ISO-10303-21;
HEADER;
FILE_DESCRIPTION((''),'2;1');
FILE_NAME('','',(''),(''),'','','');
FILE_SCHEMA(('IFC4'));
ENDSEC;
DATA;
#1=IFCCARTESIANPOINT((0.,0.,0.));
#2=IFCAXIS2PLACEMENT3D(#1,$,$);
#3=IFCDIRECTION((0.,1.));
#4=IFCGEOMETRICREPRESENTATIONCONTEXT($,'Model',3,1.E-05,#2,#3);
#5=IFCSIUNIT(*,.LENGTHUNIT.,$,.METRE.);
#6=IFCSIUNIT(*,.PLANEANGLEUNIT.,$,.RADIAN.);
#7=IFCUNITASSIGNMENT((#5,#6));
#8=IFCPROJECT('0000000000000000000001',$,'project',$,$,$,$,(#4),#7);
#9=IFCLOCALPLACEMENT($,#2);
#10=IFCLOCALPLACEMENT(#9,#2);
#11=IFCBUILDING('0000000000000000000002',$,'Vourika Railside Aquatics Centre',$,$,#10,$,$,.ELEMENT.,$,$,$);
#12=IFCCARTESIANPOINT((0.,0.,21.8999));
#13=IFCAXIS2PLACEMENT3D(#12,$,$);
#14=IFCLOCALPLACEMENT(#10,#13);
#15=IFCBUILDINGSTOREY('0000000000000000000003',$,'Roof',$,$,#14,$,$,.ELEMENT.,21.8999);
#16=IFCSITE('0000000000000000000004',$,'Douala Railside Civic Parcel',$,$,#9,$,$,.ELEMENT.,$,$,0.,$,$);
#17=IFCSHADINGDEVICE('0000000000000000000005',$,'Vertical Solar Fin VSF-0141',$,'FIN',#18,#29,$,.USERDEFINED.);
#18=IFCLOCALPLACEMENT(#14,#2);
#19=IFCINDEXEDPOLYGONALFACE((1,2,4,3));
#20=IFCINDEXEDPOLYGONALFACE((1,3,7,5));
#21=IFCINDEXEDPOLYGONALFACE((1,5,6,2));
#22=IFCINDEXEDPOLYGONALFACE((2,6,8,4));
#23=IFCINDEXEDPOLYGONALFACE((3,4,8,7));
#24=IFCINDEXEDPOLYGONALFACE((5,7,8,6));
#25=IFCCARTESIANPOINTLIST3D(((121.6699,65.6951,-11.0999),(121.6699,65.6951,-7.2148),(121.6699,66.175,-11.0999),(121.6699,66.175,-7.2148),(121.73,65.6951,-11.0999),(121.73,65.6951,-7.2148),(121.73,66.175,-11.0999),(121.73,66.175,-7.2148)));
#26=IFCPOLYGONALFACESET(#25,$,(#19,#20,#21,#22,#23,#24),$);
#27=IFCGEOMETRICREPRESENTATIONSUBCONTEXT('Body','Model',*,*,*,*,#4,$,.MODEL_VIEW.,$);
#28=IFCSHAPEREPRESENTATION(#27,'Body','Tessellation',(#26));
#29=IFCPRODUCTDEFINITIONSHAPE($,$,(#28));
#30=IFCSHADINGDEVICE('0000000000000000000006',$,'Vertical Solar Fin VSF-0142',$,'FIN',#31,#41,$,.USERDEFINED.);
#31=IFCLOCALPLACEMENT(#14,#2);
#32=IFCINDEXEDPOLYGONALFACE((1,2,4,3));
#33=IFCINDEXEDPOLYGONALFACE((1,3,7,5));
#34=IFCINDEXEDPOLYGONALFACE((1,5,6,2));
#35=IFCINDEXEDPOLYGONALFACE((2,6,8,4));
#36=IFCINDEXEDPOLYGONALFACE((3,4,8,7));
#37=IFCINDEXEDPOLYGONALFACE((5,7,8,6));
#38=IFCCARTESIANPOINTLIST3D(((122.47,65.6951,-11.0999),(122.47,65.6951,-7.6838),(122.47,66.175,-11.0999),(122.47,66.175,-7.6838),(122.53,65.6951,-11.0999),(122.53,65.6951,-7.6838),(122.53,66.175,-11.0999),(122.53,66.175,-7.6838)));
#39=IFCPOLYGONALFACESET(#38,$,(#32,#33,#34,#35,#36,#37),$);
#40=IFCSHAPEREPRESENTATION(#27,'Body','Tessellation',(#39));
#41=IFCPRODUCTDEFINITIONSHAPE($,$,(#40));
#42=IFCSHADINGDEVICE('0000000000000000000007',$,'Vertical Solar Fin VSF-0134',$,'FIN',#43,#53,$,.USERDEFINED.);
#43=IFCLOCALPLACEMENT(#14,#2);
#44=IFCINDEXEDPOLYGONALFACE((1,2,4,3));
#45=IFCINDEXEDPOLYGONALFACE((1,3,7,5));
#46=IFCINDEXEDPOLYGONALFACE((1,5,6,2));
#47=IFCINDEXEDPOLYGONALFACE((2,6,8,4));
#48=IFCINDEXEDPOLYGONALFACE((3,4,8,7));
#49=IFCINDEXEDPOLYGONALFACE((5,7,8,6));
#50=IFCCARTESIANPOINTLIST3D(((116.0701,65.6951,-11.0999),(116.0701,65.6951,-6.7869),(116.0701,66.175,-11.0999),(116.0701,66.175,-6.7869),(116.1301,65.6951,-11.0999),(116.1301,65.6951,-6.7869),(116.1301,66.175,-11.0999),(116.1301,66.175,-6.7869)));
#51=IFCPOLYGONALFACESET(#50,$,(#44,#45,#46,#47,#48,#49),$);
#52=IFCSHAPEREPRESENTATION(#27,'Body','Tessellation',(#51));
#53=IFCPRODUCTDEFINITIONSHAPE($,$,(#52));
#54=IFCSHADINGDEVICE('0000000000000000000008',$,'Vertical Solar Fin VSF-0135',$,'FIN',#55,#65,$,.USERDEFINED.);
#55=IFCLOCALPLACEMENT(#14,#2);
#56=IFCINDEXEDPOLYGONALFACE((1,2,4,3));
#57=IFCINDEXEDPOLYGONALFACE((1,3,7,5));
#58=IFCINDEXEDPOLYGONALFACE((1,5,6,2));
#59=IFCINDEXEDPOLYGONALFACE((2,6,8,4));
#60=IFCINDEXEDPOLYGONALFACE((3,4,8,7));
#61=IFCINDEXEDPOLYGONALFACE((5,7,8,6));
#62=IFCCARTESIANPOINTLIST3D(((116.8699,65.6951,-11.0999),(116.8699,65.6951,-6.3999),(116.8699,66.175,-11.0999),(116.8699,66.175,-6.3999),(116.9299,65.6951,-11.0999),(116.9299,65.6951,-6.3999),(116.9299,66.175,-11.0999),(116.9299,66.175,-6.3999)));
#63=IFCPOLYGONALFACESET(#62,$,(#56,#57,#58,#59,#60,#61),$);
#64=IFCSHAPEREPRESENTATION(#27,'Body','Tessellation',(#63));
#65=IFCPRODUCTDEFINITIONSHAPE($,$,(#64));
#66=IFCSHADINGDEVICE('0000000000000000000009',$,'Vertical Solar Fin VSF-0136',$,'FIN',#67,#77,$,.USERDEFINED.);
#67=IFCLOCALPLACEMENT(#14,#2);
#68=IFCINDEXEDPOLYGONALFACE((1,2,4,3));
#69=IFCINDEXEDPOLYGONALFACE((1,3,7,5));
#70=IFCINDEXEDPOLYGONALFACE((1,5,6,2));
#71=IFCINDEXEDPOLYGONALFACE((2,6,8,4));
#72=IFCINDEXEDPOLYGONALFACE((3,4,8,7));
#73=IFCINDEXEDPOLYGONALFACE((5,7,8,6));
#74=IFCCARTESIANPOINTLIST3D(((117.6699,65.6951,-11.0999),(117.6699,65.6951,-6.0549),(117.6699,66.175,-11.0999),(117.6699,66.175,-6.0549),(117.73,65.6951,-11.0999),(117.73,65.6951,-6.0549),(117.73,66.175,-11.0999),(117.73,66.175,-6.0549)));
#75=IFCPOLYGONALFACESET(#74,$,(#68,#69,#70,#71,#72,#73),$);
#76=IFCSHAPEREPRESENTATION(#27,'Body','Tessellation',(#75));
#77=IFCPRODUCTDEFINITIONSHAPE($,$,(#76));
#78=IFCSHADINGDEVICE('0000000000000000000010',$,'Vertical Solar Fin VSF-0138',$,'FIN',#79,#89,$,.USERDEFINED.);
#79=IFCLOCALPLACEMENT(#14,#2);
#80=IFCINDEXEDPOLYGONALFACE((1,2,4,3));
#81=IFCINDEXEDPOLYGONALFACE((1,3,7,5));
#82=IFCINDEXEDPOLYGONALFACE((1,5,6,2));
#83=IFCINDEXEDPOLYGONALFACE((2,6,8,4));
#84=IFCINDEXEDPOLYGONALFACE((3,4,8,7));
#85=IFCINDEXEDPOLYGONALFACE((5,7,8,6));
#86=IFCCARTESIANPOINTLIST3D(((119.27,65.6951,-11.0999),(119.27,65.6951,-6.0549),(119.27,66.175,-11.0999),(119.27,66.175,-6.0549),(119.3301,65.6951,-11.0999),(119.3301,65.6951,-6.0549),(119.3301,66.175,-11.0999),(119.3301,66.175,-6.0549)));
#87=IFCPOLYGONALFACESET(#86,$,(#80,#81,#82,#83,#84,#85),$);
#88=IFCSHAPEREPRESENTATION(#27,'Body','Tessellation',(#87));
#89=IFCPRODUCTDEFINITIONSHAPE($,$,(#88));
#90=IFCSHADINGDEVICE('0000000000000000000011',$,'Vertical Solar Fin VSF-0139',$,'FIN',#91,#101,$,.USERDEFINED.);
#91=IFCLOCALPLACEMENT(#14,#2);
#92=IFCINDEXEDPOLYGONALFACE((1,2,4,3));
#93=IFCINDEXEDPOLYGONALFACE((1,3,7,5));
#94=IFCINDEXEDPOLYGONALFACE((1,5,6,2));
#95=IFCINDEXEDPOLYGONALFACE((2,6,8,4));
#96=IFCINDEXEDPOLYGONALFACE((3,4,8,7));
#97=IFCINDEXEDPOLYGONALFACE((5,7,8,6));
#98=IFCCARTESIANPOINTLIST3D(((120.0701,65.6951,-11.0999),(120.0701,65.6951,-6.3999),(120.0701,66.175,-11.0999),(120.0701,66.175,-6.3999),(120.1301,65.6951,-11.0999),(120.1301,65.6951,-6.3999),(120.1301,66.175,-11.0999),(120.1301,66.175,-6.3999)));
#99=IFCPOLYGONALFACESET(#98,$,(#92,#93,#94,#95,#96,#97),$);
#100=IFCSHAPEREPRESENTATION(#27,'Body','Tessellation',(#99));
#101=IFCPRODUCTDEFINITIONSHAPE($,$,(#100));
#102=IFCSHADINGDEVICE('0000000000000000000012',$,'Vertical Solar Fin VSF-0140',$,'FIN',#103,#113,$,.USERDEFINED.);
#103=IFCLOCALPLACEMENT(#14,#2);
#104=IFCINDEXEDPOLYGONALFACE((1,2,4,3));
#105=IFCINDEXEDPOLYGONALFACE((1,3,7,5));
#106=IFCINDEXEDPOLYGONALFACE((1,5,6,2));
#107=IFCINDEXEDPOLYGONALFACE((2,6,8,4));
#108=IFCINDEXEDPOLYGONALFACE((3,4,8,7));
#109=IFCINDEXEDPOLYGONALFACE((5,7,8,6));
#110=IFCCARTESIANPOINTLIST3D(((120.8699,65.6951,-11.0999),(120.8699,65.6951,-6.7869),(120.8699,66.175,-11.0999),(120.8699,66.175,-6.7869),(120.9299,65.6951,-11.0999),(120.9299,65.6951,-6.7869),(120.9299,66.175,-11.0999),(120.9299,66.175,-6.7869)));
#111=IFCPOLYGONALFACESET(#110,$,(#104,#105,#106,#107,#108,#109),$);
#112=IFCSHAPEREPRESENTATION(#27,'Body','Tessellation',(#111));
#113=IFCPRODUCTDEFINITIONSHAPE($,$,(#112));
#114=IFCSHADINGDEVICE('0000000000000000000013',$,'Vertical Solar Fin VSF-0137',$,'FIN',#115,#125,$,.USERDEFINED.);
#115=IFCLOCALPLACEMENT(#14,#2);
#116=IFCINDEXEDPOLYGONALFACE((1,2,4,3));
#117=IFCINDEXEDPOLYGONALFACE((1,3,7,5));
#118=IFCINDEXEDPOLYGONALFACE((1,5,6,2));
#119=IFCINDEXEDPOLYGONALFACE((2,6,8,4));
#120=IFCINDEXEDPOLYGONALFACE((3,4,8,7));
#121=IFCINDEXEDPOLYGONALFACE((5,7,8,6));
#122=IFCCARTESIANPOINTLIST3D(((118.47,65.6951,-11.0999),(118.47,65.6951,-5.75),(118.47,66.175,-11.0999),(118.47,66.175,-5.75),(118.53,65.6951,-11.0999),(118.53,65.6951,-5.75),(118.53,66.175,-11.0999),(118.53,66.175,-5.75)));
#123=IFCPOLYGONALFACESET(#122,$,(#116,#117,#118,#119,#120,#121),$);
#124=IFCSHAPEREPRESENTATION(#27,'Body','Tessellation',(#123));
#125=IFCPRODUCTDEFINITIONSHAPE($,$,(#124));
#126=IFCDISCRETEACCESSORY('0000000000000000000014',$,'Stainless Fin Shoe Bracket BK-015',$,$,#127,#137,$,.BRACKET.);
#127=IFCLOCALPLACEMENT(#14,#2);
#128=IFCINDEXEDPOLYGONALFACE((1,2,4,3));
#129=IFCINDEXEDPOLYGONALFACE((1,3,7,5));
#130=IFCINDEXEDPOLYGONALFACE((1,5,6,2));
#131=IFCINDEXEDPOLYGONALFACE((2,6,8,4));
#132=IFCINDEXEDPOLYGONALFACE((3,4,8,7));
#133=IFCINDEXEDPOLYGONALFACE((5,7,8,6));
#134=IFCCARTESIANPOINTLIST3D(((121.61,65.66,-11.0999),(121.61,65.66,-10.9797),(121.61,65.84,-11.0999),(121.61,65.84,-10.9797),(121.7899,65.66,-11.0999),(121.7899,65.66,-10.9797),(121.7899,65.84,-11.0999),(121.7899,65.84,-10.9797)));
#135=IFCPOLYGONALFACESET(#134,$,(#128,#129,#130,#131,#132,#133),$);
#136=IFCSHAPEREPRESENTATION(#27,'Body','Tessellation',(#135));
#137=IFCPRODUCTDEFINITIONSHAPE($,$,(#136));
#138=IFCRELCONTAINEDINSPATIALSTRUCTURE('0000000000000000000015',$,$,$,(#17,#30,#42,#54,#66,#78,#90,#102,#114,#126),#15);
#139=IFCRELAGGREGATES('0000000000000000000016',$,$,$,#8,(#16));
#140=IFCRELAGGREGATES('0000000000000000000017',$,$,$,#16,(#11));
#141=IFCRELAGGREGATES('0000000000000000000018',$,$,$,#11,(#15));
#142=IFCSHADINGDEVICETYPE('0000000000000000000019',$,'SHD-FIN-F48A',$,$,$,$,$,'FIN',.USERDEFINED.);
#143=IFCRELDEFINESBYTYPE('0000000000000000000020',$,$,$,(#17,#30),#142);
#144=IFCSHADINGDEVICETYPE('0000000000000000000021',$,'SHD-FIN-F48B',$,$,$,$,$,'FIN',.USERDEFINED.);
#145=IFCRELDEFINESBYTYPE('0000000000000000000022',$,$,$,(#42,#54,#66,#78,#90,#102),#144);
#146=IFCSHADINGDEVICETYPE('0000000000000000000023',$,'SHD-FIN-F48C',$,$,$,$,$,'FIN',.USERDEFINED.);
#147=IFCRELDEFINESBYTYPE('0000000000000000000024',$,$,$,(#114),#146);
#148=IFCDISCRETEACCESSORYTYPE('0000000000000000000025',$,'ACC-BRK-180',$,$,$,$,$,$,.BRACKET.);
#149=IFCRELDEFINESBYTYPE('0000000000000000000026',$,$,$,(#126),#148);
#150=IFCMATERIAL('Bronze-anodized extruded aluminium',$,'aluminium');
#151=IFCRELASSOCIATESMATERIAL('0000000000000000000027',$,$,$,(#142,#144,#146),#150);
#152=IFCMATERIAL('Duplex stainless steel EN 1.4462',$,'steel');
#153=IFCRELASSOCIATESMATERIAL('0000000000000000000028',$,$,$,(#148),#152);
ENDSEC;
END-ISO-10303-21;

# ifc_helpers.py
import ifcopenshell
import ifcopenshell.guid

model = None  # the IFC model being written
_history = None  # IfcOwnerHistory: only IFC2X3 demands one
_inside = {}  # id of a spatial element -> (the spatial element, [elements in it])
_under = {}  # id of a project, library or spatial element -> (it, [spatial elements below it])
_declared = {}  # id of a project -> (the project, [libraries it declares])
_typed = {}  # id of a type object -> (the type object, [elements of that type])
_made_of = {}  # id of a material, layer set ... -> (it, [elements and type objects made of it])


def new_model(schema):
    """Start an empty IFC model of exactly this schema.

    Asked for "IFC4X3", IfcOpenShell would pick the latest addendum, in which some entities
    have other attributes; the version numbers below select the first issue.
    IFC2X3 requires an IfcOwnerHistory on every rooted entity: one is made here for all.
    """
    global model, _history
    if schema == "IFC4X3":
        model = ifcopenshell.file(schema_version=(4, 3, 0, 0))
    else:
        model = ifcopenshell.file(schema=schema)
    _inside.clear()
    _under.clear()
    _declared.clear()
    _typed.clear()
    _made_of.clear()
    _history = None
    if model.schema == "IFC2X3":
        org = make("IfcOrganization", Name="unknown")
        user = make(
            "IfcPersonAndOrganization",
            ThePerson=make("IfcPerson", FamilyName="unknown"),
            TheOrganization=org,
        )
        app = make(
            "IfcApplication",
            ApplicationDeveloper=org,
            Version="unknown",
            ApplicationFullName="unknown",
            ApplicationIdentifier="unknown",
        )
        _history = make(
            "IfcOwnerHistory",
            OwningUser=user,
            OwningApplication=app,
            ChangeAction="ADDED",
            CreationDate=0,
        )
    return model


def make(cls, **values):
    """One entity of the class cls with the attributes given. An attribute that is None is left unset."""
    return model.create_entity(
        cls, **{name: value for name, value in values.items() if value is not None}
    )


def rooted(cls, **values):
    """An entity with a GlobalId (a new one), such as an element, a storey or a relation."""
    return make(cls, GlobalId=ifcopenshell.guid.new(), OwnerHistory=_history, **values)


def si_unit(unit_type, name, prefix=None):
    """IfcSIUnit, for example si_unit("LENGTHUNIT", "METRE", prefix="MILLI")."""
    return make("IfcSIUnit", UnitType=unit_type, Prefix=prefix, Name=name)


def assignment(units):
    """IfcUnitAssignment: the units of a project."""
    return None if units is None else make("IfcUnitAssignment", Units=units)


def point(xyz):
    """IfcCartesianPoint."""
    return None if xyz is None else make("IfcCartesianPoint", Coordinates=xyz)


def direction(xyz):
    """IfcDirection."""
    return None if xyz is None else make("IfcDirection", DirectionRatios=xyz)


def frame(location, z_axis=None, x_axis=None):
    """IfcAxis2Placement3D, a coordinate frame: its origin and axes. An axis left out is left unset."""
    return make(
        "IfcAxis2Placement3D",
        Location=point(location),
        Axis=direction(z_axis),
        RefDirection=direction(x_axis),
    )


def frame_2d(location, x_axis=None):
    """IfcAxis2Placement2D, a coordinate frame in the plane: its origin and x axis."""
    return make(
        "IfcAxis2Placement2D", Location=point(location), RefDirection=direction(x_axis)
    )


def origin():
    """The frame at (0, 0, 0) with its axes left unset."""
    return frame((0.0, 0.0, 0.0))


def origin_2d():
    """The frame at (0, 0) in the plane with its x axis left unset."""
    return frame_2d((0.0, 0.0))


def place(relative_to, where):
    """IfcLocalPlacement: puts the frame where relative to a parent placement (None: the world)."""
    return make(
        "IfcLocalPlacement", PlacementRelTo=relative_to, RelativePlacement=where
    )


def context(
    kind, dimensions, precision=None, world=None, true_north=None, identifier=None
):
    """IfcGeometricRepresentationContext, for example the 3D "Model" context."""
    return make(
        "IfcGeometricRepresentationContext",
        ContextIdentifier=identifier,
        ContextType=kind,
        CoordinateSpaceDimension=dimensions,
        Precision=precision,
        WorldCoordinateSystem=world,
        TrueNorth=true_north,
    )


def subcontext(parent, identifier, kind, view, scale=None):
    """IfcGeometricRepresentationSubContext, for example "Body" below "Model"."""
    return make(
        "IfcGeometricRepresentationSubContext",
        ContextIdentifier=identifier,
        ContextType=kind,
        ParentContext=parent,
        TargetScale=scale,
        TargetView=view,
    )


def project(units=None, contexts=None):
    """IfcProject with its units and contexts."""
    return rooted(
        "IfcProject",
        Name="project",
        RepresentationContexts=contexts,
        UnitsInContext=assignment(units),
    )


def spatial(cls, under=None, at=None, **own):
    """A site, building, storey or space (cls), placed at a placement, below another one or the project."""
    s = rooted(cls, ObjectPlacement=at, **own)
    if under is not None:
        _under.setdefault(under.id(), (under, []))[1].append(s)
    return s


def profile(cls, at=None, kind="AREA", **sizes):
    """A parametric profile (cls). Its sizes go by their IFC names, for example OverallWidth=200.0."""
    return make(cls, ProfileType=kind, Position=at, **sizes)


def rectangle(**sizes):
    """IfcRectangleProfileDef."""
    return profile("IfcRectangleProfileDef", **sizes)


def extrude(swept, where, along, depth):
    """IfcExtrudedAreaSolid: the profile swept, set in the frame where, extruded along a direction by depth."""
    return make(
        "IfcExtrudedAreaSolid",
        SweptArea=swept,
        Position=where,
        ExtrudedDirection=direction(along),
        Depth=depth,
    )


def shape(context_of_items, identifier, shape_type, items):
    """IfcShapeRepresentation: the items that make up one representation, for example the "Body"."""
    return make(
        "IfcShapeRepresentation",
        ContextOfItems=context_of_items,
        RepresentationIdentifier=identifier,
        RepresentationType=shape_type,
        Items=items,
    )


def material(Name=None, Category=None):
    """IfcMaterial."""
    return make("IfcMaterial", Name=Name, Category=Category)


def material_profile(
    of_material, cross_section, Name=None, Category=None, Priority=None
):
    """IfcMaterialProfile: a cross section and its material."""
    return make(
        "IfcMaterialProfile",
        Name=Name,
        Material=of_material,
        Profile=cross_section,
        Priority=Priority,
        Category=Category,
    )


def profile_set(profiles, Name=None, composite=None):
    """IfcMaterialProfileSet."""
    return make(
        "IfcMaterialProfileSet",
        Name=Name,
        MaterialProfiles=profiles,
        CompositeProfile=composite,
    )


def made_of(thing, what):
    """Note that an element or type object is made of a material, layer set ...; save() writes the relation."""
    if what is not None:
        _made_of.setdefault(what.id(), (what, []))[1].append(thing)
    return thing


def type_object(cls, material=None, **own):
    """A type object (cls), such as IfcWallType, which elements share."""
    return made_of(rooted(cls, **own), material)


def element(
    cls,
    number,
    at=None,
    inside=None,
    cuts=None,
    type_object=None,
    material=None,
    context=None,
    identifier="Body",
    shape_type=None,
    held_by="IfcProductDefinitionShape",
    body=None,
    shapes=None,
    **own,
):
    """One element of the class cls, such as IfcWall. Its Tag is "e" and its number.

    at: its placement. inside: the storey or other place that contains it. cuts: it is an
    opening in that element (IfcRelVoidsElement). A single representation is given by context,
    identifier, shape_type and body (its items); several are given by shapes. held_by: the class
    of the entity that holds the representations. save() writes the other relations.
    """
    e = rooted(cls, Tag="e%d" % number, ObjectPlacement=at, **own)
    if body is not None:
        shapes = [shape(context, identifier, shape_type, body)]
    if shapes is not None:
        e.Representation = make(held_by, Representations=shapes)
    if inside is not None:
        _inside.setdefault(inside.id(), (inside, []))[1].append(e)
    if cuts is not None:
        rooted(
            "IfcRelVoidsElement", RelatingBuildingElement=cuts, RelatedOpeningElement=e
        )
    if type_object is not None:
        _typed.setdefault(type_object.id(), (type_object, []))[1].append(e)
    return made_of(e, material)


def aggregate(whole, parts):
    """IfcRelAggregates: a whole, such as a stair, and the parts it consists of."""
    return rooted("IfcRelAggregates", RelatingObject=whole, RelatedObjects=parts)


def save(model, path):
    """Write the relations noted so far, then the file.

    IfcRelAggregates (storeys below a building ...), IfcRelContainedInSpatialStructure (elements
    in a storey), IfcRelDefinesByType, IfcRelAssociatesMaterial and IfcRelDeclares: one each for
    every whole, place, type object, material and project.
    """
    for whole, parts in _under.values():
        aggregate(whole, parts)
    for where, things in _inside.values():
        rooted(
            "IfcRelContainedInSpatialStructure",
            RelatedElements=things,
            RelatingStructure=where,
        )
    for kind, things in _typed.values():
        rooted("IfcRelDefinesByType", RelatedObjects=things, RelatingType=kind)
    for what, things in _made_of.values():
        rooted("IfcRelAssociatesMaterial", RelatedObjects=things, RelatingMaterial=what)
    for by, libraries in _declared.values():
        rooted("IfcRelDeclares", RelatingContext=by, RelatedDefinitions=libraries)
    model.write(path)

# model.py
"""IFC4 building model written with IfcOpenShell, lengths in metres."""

from ifc_helpers import new_model, si_unit, direction, frame, origin, origin_2d, place, context, subcontext, project, spatial, rectangle, extrude, material, material_profile, profile_set, type_object, element, save


model = new_model("IFC4")

# Units and contexts
model_context = context("Model", 3, precision=1e-05, world=origin(), true_north=direction((0.0, 1.0)))
body_context = subcontext(model_context, "Body", "Model", "MODEL_VIEW")
ifc_project = project(units=[si_unit("LENGTHUNIT", "METRE"), si_unit("PLANEANGLEUNIT", "RADIAN")], contexts=[model_context])

# Site, building, storey
site_placement = place(None, origin())
site = spatial("IfcSite", under=ifc_project, at=site_placement, Name="Douala Railside Civic Parcel", CompositionType="ELEMENT", RefElevation=0.0)
building_placement = place(site_placement, origin())
building = spatial("IfcBuilding", under=site, at=building_placement, Name="Vourika Railside Aquatics Centre", CompositionType="ELEMENT")
storey_placement = place(building_placement, frame((0.0, 0.0, 21.8999)))
storey = spatial("IfcBuildingStorey", under=building, at=storey_placement, Name="Roof", CompositionType="ELEMENT", Elevation=21.8999)

# Shading devices
ifc_material_1 = material(Name="Bronze-anodized extruded aluminium", Category="aluminium")
ifc_material_profile_1 = material_profile(ifc_material_1, rectangle(XDim=0.0601, YDim=0.48, at=origin_2d()), Name="ALU-FIN 60x480")
ifc_profile_set_1 = profile_set([ifc_material_profile_1], Name="Bronze-anodized extruded aluminium")
shading_device_type_1 = type_object("IfcShadingDeviceType", Name="SHD-FIN-F48A", ElementType="FIN", PredefinedType="USERDEFINED", material=ifc_profile_set_1)
shading_device_1_placement = place(storey_placement, frame((121.7, 65.9351, -11.0999), z_axis=(0.0, 0.0, 1.0), x_axis=(1.0, 0.0, 0.0)))
element("IfcShadingDevice", 1, at=shading_device_1_placement, inside=storey, type_object=shading_device_type_1, Name="Vertical Solar Fin VSF-0141", ObjectType="FIN", PredefinedType="USERDEFINED", context=body_context, shape_type="SweptSolid", body=[
    extrude(rectangle(XDim=0.0601, YDim=0.48, at=origin_2d()), origin(), (0.0, 0.0, 1.0), 3.885),
])
shading_device_2_placement = place(storey_placement, frame((122.5, 65.9351, -11.0999), z_axis=(0.0, 0.0, 1.0), x_axis=(1.0, 0.0, 0.0)))
element("IfcShadingDevice", 2, at=shading_device_2_placement, inside=storey, type_object=shading_device_type_1, Name="Vertical Solar Fin VSF-0142", ObjectType="FIN", PredefinedType="USERDEFINED", context=body_context, shape_type="SweptSolid", body=[
    extrude(rectangle(XDim=0.0601, YDim=0.48, at=origin_2d()), origin(), (0.0, 0.0, 1.0), 3.416),
])
ifc_material_profile_2 = material_profile(ifc_material_1, rectangle(XDim=0.0601, YDim=0.48, at=origin_2d()), Name="ALU-FIN 60x480")
ifc_profile_set_2 = profile_set([ifc_material_profile_2], Name="Bronze-anodized extruded aluminium")
shading_device_type_2 = type_object("IfcShadingDeviceType", Name="SHD-FIN-F48B", ElementType="FIN", PredefinedType="USERDEFINED", material=ifc_profile_set_2)
shading_device_3_placement = place(storey_placement, frame((116.1001, 65.9351, -11.0999), z_axis=(0.0, 0.0, 1.0), x_axis=(1.0, 0.0, 0.0)))
element("IfcShadingDevice", 3, at=shading_device_3_placement, inside=storey, type_object=shading_device_type_2, Name="Vertical Solar Fin VSF-0134", ObjectType="FIN", PredefinedType="USERDEFINED", context=body_context, shape_type="SweptSolid", body=[
    extrude(rectangle(XDim=0.0601, YDim=0.48, at=origin_2d()), origin(), (0.0, 0.0, 1.0), 4.313),
])
shading_device_4_placement = place(storey_placement, frame((116.8999, 65.9351, -11.0999), z_axis=(0.0, 0.0, 1.0), x_axis=(1.0, 0.0, 0.0)))
element("IfcShadingDevice", 4, at=shading_device_4_placement, inside=storey, type_object=shading_device_type_2, Name="Vertical Solar Fin VSF-0135", ObjectType="FIN", PredefinedType="USERDEFINED", context=body_context, shape_type="SweptSolid", body=[
    extrude(rectangle(XDim=0.0601, YDim=0.48, at=origin_2d()), origin(), (0.0, 0.0, 1.0), 4.7),
])
for number, where, z_axis, x_axis, name in (
    (5, (117.7, 65.9351, -11.0999), (0.0, 0.0, 1.0), (1.0, 0.0, 0.0), "Vertical Solar Fin VSF-0136"),
    (6, (119.3, 65.9351, -11.0999), (0.0, 0.0, 1.0), (1.0, 0.0, 0.0), "Vertical Solar Fin VSF-0138"),
):
    element("IfcShadingDevice", number, at=place(storey_placement, frame(where, z_axis=z_axis, x_axis=x_axis)), inside=storey, type_object=shading_device_type_2, Name=name, ObjectType="FIN", PredefinedType="USERDEFINED", context=body_context, shape_type="SweptSolid", body=[
        extrude(rectangle(XDim=0.0601, YDim=0.48, at=origin_2d()), origin(), (0.0, 0.0, 1.0), 5.0449),
    ])
shading_device_5_placement = place(storey_placement, frame((120.1001, 65.9351, -11.0999), z_axis=(0.0, 0.0, 1.0), x_axis=(1.0, 0.0, 0.0)))
element("IfcShadingDevice", 7, at=shading_device_5_placement, inside=storey, type_object=shading_device_type_2, Name="Vertical Solar Fin VSF-0139", ObjectType="FIN", PredefinedType="USERDEFINED", context=body_context, shape_type="SweptSolid", body=[
    extrude(rectangle(XDim=0.0601, YDim=0.48, at=origin_2d()), origin(), (0.0, 0.0, 1.0), 4.7),
])
shading_device_6_placement = place(storey_placement, frame((120.8999, 65.9351, -11.0999), z_axis=(0.0, 0.0, 1.0), x_axis=(1.0, 0.0, 0.0)))
element("IfcShadingDevice", 8, at=shading_device_6_placement, inside=storey, type_object=shading_device_type_2, Name="Vertical Solar Fin VSF-0140", ObjectType="FIN", PredefinedType="USERDEFINED", context=body_context, shape_type="SweptSolid", body=[
    extrude(rectangle(XDim=0.0601, YDim=0.48, at=origin_2d()), origin(), (0.0, 0.0, 1.0), 4.313),
])
ifc_material_profile_3 = material_profile(ifc_material_1, rectangle(XDim=0.0601, YDim=0.48, at=origin_2d()), Name="ALU-FIN 60x480")
ifc_profile_set_3 = profile_set([ifc_material_profile_3], Name="Bronze-anodized extruded aluminium")
shading_device_type_3 = type_object("IfcShadingDeviceType", Name="SHD-FIN-F48C", ElementType="FIN", PredefinedType="USERDEFINED", material=ifc_profile_set_3)
shading_device_7_placement = place(storey_placement, frame((118.5, 65.9351, -11.0999), z_axis=(0.0, 0.0, 1.0), x_axis=(1.0, 0.0, 0.0)))
element("IfcShadingDevice", 9, at=shading_device_7_placement, inside=storey, type_object=shading_device_type_3, Name="Vertical Solar Fin VSF-0137", ObjectType="FIN", PredefinedType="USERDEFINED", context=body_context, shape_type="SweptSolid", body=[
    extrude(rectangle(XDim=0.0601, YDim=0.48, at=origin_2d()), origin(), (0.0, 0.0, 1.0), 5.3499),
])

# Discrete accessory
ifc_material_2 = material(Name="Duplex stainless steel EN 1.4462", Category="steel")
discrete_accessory_type = type_object("IfcDiscreteAccessoryType", Name="ACC-BRK-180", PredefinedType="BRACKET", material=ifc_material_2)
discrete_accessory_placement = place(storey_placement, frame((121.7, 65.75, -11.0999), z_axis=(0.0, 0.0, 1.0), x_axis=(0.0, 1.0, 0.0)))
element("IfcDiscreteAccessory", 10, at=discrete_accessory_placement, inside=storey, type_object=discrete_accessory_type, Name="Stainless Fin Shoe Bracket BK-015", PredefinedType="BRACKET", context=body_context, shape_type="SweptSolid", body=[
    extrude(rectangle(XDim=0.1799, YDim=0.1799, at=origin_2d()), origin(), (0.0, 0.0, 1.0), 0.1201),
])

save(model, "model.ifc")
